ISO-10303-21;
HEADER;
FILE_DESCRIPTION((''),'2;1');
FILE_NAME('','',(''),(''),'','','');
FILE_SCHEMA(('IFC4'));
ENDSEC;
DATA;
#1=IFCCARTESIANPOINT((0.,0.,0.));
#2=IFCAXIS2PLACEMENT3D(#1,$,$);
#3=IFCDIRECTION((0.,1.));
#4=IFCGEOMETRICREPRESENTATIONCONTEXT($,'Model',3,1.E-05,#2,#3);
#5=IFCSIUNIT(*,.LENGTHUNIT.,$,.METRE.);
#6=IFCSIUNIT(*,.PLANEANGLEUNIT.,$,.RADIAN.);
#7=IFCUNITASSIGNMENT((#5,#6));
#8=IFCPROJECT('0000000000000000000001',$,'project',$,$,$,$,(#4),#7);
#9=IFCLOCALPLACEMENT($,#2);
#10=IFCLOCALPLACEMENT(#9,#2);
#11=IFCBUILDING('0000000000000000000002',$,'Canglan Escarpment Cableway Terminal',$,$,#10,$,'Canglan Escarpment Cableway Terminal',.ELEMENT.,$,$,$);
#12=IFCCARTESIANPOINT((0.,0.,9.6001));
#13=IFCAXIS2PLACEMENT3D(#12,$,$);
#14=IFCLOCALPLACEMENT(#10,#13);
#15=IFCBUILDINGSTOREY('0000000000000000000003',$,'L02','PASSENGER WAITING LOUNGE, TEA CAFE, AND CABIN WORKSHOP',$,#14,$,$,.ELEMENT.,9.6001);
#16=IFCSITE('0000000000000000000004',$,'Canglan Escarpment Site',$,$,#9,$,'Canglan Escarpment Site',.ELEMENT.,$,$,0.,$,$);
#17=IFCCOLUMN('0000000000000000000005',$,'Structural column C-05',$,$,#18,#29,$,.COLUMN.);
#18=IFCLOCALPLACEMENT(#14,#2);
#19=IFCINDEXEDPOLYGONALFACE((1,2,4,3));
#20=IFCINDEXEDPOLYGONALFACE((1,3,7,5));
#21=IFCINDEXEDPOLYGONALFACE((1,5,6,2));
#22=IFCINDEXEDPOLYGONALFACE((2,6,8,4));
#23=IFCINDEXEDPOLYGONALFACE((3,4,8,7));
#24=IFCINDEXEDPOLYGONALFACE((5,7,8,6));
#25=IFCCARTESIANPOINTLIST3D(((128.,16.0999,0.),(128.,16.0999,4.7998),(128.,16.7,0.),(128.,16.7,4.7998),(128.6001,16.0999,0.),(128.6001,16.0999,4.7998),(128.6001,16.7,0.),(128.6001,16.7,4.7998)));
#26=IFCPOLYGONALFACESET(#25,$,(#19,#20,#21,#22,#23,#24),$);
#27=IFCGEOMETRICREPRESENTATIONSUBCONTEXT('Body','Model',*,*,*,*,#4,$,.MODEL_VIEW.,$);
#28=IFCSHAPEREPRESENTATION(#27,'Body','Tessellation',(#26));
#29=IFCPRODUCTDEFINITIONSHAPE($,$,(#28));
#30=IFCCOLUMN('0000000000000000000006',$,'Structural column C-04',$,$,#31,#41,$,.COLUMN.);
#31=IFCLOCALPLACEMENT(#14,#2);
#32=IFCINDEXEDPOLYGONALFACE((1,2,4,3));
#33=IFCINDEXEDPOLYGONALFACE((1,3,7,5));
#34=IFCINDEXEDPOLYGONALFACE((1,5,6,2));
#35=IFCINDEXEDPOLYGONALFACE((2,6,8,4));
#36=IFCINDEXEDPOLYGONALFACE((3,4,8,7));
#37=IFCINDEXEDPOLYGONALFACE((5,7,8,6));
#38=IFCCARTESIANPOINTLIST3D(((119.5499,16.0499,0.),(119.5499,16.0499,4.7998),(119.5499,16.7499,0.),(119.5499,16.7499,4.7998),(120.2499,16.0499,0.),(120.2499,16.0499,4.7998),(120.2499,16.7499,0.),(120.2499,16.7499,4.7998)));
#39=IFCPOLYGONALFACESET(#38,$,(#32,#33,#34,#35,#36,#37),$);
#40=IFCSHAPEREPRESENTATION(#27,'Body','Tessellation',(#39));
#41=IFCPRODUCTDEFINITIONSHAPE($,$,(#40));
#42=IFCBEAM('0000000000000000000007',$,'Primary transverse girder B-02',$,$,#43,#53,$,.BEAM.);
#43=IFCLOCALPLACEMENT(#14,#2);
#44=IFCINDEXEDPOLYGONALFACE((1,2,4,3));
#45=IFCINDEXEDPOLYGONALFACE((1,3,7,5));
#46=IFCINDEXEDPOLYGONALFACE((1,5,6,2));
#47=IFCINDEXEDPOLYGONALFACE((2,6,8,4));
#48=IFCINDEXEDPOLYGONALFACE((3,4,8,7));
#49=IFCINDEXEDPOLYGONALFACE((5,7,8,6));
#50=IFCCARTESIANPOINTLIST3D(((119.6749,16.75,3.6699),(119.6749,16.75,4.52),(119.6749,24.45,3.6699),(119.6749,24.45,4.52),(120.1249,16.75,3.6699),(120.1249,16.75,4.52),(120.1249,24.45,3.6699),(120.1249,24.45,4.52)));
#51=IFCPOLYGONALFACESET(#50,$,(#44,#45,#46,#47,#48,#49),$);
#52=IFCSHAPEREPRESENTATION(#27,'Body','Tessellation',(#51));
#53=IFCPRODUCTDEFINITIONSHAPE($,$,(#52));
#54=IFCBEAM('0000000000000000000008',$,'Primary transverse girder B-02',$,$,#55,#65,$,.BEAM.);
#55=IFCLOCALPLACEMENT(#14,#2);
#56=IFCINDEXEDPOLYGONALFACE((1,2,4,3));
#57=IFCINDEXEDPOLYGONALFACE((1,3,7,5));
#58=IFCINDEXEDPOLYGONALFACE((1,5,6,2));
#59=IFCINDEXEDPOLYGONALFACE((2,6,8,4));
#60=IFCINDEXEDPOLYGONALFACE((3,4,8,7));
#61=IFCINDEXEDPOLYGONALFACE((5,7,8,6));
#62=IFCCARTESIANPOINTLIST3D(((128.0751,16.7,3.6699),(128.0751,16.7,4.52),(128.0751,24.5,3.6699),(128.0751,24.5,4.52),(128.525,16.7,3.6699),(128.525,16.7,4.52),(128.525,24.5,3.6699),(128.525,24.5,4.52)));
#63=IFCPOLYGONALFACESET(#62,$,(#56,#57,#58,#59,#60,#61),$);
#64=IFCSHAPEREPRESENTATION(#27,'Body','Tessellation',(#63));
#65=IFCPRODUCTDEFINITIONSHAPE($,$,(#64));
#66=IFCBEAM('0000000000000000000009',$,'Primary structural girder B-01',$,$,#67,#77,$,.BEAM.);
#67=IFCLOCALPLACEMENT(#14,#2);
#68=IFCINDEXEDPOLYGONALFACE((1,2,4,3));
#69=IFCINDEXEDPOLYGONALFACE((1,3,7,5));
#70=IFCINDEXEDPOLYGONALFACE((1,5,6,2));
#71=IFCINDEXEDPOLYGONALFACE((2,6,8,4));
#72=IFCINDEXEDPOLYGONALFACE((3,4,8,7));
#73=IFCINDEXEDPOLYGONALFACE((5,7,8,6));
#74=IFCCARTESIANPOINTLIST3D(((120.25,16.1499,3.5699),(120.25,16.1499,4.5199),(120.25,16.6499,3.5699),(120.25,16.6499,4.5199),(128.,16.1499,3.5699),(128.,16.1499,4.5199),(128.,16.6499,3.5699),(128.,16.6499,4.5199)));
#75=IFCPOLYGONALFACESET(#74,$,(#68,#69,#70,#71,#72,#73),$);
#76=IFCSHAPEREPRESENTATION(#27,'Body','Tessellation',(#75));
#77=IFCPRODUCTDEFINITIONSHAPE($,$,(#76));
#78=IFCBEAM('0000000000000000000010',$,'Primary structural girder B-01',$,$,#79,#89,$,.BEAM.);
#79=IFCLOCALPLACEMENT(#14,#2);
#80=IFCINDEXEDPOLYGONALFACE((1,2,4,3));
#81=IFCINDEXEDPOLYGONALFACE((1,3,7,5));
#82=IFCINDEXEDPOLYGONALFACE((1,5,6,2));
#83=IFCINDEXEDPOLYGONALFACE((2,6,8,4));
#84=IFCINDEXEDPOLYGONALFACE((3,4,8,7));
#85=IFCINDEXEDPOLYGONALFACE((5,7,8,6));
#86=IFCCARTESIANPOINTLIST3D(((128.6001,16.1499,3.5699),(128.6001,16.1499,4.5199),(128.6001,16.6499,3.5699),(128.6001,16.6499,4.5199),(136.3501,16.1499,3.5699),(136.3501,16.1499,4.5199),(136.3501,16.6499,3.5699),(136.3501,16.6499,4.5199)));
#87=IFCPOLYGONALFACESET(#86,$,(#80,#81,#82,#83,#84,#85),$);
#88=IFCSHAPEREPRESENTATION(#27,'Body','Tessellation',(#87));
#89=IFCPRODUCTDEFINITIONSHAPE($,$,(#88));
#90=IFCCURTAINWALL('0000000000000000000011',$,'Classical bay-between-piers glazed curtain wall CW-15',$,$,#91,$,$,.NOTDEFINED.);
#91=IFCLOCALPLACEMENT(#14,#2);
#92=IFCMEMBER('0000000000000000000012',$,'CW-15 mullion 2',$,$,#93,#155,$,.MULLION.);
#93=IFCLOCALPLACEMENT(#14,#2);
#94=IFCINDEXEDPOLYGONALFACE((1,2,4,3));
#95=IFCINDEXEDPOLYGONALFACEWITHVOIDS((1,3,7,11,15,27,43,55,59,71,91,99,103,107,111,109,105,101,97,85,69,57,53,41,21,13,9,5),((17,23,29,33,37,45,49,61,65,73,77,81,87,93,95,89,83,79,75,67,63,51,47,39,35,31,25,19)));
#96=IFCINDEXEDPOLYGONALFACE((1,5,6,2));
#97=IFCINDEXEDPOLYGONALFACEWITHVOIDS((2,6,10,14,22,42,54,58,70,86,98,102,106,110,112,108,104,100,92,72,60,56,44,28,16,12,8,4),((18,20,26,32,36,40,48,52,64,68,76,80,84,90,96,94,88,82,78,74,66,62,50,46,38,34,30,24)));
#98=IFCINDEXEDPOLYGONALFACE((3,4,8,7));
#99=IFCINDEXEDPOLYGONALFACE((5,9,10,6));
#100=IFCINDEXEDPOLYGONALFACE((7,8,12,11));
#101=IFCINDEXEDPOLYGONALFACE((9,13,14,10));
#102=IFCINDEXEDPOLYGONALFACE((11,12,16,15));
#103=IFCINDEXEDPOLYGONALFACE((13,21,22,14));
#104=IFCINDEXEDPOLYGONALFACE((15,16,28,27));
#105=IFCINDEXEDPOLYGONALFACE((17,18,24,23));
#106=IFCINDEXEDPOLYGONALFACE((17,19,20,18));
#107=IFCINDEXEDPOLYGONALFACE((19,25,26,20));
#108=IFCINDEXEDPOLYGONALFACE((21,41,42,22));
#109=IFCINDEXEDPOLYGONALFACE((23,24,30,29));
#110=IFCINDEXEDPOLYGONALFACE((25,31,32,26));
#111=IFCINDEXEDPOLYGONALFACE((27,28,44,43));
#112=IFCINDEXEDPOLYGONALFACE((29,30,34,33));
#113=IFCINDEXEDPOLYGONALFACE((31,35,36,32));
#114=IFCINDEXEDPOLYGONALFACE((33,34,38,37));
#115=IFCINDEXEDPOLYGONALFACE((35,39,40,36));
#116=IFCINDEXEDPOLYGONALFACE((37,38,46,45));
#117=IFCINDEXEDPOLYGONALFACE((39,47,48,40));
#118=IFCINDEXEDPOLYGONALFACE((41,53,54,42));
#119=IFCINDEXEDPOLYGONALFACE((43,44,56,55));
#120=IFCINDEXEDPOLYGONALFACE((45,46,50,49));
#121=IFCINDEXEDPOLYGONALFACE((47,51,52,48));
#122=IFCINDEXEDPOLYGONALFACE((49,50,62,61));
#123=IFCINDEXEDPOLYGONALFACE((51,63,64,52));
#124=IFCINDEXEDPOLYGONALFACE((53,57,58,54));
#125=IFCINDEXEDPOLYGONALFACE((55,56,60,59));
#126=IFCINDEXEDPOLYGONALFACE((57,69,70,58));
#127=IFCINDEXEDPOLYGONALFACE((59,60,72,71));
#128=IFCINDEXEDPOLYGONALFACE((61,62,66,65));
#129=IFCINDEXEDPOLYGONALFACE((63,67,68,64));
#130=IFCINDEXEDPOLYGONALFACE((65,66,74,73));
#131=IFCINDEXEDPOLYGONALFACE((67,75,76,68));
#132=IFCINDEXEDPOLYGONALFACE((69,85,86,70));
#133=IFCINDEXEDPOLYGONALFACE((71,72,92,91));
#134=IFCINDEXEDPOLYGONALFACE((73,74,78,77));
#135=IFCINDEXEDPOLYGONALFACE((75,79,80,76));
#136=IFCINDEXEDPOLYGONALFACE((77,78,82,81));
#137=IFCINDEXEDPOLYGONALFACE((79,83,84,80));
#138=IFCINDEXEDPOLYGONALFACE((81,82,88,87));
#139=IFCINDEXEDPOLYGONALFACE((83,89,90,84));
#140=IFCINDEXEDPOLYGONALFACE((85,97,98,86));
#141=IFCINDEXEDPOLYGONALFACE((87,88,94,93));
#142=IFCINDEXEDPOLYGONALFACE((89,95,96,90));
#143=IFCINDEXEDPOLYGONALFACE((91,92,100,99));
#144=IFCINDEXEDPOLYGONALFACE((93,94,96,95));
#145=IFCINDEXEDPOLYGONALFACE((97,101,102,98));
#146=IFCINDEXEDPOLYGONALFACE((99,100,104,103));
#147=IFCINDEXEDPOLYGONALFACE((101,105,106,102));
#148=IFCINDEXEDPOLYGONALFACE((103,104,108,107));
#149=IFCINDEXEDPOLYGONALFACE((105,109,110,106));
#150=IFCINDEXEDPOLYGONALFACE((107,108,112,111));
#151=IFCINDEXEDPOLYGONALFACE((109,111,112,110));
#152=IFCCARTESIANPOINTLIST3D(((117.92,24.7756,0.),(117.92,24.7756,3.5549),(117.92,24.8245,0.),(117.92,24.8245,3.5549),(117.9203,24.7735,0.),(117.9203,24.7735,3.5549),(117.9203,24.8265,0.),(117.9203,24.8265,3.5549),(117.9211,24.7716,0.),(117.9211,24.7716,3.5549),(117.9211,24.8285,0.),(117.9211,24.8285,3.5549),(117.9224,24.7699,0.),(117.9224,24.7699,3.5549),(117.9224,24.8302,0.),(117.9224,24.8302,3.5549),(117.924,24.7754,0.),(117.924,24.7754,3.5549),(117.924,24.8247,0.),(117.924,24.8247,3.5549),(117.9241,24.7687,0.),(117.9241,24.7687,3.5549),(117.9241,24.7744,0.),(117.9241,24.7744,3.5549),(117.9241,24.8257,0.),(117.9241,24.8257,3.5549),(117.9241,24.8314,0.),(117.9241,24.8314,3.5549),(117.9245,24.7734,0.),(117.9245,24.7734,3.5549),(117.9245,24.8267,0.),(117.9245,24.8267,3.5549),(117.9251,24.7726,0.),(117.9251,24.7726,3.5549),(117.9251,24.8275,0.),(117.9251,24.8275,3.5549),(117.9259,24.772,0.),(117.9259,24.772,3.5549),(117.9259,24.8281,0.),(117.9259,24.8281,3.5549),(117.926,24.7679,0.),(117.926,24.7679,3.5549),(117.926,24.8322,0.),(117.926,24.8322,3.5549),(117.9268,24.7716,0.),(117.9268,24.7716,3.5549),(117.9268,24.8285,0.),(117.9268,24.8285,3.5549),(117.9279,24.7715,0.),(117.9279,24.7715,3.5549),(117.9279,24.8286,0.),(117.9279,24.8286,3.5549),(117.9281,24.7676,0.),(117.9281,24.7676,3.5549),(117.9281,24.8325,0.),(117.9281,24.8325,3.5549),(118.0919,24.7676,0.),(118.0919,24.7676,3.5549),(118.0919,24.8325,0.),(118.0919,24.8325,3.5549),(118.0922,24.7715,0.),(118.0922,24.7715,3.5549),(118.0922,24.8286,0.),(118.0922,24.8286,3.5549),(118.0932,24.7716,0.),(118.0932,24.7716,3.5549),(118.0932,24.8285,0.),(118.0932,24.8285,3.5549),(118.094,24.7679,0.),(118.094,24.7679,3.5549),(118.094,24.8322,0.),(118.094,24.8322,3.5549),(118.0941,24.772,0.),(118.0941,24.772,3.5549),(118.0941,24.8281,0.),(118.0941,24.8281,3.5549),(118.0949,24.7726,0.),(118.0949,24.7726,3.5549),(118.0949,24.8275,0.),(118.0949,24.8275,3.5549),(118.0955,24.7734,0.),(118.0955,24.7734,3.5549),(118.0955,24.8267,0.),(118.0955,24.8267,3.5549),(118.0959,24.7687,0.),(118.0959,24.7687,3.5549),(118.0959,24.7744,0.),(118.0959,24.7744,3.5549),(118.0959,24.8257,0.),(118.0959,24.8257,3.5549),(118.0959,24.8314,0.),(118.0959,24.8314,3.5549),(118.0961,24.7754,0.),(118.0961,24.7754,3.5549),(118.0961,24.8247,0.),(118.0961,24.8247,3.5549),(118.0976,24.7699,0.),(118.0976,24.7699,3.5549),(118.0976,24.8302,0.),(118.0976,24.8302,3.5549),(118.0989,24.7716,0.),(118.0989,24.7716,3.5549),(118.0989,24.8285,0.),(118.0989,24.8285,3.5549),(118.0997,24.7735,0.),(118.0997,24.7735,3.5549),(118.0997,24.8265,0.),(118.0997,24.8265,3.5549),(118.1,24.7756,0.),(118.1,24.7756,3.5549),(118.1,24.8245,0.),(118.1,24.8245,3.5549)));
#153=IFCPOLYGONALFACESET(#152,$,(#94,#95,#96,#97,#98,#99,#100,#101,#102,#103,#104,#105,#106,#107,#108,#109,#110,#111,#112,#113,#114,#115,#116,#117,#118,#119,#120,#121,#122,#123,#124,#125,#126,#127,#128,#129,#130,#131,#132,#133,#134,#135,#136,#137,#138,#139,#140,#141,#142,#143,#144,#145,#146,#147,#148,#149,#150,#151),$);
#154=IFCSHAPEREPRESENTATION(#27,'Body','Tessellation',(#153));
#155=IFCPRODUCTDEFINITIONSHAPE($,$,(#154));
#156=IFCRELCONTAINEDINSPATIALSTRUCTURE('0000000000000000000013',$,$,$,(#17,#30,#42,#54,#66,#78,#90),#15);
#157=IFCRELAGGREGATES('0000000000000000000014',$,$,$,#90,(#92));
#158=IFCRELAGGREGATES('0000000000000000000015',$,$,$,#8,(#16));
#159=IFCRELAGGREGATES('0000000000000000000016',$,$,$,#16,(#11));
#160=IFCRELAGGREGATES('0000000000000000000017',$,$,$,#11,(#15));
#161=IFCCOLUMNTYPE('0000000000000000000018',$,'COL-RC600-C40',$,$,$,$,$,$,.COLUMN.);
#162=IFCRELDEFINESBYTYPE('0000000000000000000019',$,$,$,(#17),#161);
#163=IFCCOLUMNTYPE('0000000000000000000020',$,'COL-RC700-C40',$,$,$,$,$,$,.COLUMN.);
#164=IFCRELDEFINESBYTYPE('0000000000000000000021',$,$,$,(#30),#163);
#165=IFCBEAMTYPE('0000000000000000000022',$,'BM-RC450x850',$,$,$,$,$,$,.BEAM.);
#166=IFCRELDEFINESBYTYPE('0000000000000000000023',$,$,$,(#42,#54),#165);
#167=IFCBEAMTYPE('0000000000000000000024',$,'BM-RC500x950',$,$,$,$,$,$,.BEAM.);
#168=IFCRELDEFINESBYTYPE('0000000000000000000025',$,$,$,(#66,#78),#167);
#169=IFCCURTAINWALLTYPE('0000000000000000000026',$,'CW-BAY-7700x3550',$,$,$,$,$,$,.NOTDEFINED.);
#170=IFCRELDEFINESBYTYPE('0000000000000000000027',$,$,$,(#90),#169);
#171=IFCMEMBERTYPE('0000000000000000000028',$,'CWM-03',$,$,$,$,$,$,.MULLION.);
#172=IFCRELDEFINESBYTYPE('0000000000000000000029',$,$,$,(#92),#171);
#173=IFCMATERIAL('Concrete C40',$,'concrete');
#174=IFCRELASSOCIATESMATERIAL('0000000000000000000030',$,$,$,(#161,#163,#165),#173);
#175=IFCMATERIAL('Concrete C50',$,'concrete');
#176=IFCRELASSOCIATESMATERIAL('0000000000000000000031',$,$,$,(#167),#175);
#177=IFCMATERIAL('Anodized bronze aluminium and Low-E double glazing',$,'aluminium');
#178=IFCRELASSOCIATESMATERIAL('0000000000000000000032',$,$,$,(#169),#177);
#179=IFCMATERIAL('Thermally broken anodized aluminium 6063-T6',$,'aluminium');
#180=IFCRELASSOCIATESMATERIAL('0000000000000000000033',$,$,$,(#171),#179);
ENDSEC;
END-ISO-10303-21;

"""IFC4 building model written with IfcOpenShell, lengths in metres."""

from ifc_helpers import new_model, si_unit, direction, frame, origin, origin_2d, place, context, subcontext, project, spatial, rectangle, hollow_rectangle, extrude, material, material_profile, profile_set, type_object, element, aggregate, save


model = new_model("IFC4")

# Units and contexts
model_context = context("Model", 3, precision=1e-05, world=origin(), true_north=direction((0.0, 1.0)))
body_context = subcontext(model_context, "Body", "Model", "MODEL_VIEW")
ifc_project = project(units=[si_unit("LENGTHUNIT", "METRE"), si_unit("PLANEANGLEUNIT", "RADIAN")], contexts=[model_context])

# Site, building, storey
site_placement = place(None, origin())
site = spatial("IfcSite", under=ifc_project, at=site_placement, Name="Canglan Escarpment Site", LongName="Canglan Escarpment Site", CompositionType="ELEMENT", RefElevation=0.0)
building_placement = place(site_placement, origin())
building = spatial("IfcBuilding", under=site, at=building_placement, Name="Canglan Escarpment Cableway Terminal", LongName="Canglan Escarpment Cableway Terminal", CompositionType="ELEMENT")
storey_placement = place(building_placement, frame((0.0, 0.0, 9.6001)))
storey = spatial("IfcBuildingStorey", under=building, at=storey_placement, Name="L02", Description="PASSENGER WAITING LOUNGE, TEA CAFE, AND CABIN WORKSHOP", CompositionType="ELEMENT", Elevation=9.6001)

# Columns
ifc_material_1 = material(Name="Concrete C40", Category="concrete")
ifc_material_profile_1 = material_profile(ifc_material_1, rectangle(XDim=0.6001, YDim=0.6001, at=origin_2d()), Name="RC 600x600")
ifc_profile_set_1 = profile_set([ifc_material_profile_1], Name="Concrete C40")
column_type_1 = type_object("IfcColumnType", Name="COL-RC600-C40", PredefinedType="COLUMN", material=ifc_profile_set_1)
column_1_placement = place(storey_placement, frame((128.3, 16.3999, 0.0), z_axis=(0.0, 0.0, 1.0), x_axis=(1.0, 0.0, 0.0)))
element("IfcColumn", 1, at=column_1_placement, inside=storey, type_object=column_type_1, Name="Structural column C-05", PredefinedType="COLUMN", context=body_context, shape_type="SweptSolid", body=[
    extrude(rectangle(XDim=0.6001, YDim=0.6001, at=origin_2d()), origin(), (0.0, 0.0, 1.0), 4.7998),
])
ifc_material_profile_2 = material_profile(ifc_material_1, rectangle(XDim=0.7, YDim=0.7, at=origin_2d()), Name="RC 700x700")
ifc_profile_set_2 = profile_set([ifc_material_profile_2], Name="Concrete C40")
column_type_2 = type_object("IfcColumnType", Name="COL-RC700-C40", PredefinedType="COLUMN", material=ifc_profile_set_2)
column_2_placement = place(storey_placement, frame((119.8999, 16.3999, 0.0), z_axis=(0.0, 0.0, 1.0), x_axis=(1.0, 0.0, 0.0)))
element("IfcColumn", 2, at=column_2_placement, inside=storey, type_object=column_type_2, Name="Structural column C-04", PredefinedType="COLUMN", context=body_context, shape_type="SweptSolid", body=[
    extrude(rectangle(XDim=0.7, YDim=0.7, at=origin_2d()), origin(), (0.0, 0.0, 1.0), 4.7998),
])

# Beams
ifc_material_profile_3 = material_profile(ifc_material_1, rectangle(XDim=0.45, YDim=0.8501, at=origin_2d()), Name="RC 450x850")
ifc_profile_set_3 = profile_set([ifc_material_profile_3], Name="Concrete C40")
beam_type_1 = type_object("IfcBeamType", Name="BM-RC450x850", PredefinedType="BEAM", material=ifc_profile_set_3)
beam_1_placement = place(storey_placement, frame((119.8999, 16.75, 4.095), z_axis=(0.0, 1.0, 0.0), x_axis=(-1.0, 0.0, 0.0)))
element("IfcBeam", 3, at=beam_1_placement, inside=storey, type_object=beam_type_1, Name="Primary transverse girder B-02", PredefinedType="BEAM", context=body_context, shape_type="SweptSolid", body=[
    extrude(rectangle(XDim=0.45, YDim=0.8501, at=origin_2d()), origin(), (0.0, 0.0, 1.0), 7.7),
])
beam_2_placement = place(storey_placement, frame((128.3, 16.7, 4.095), z_axis=(0.0, 1.0, 0.0), x_axis=(-1.0, 0.0, 0.0)))
element("IfcBeam", 4, at=beam_2_placement, inside=storey, type_object=beam_type_1, Name="Primary transverse girder B-02", PredefinedType="BEAM", context=body_context, shape_type="SweptSolid", body=[
    extrude(rectangle(XDim=0.45, YDim=0.8501, at=origin_2d()), origin(), (0.0, 0.0, 1.0), 7.8),
])
ifc_material_2 = material(Name="Concrete C50", Category="concrete")
ifc_material_profile_4 = material_profile(ifc_material_2, rectangle(XDim=0.5, YDim=0.95, at=origin_2d()), Name="RC 500x950")
ifc_profile_set_4 = profile_set([ifc_material_profile_4], Name="Concrete C50")
beam_type_2 = type_object("IfcBeamType", Name="BM-RC500x950", PredefinedType="BEAM", material=ifc_profile_set_4)
for number, where, z_axis, x_axis, name in (
    (5, (120.25, 16.3999, 4.0449), (1.0, 0.0, 0.0), (0.0, 1.0, 0.0), "Primary structural girder B-01"),
    (6, (128.6001, 16.3999, 4.0449), (1.0, 0.0, 0.0), (0.0, 1.0, 0.0), "Primary structural girder B-01"),
):
    element("IfcBeam", number, at=place(storey_placement, frame(where, z_axis=z_axis, x_axis=x_axis)), inside=storey, type_object=beam_type_2, Name=name, PredefinedType="BEAM", context=body_context, shape_type="SweptSolid", body=[
        extrude(rectangle(XDim=0.5, YDim=0.95, at=origin_2d()), origin(), (0.0, 0.0, 1.0), 7.75),
    ])

# Curtain wall, member
ifc_material_3 = material(Name="Anodized bronze aluminium and Low-E double glazing", Category="aluminium")
curtain_wall_type = type_object("IfcCurtainWallType", Name="CW-BAY-7700x3550", PredefinedType="NOTDEFINED", material=ifc_material_3)
curtain_wall_placement = place(storey_placement, origin())
curtain_wall = element("IfcCurtainWall", 7, at=curtain_wall_placement, inside=storey, type_object=curtain_wall_type, Name="Classical bay-between-piers glazed curtain wall CW-15", PredefinedType="NOTDEFINED")
ifc_material_4 = material(Name="Thermally broken anodized aluminium 6063-T6", Category="aluminium")
ifc_material_profile_5 = material_profile(ifc_material_4, hollow_rectangle(XDim=0.0649, YDim=0.1799, WallThickness=0.0039, InnerFilletRadius=0.0039, OuterFilletRadius=0.0081, at=origin_2d()), Name="ALU-MULL 65x180x4")
ifc_profile_set_5 = profile_set([ifc_material_profile_5], Name="Thermally broken anodized aluminium 6063-T6")
member_type_1 = type_object("IfcMemberType", Name="CWM-03", PredefinedType="MULLION", material=ifc_profile_set_5)
member_1_placement = place(storey_placement, frame((118.01, 24.8, 0.0), z_axis=(0.0, 0.0, 1.0), x_axis=(0.0, -1.0, 0.0)))
member_1 = element("IfcMember", 8, at=member_1_placement, type_object=member_type_1, Name="CW-15 mullion 2", PredefinedType="MULLION", context=body_context, shape_type="SweptSolid", body=[
    extrude(hollow_rectangle(XDim=0.0649, YDim=0.1799, WallThickness=0.0039, InnerFilletRadius=0.0039, OuterFilletRadius=0.0081, at=origin_2d()), origin(), (0.0, 0.0, 1.0), 3.5549),
])

aggregate(curtain_wall, [member_1])

save(model, "model.ifc")
